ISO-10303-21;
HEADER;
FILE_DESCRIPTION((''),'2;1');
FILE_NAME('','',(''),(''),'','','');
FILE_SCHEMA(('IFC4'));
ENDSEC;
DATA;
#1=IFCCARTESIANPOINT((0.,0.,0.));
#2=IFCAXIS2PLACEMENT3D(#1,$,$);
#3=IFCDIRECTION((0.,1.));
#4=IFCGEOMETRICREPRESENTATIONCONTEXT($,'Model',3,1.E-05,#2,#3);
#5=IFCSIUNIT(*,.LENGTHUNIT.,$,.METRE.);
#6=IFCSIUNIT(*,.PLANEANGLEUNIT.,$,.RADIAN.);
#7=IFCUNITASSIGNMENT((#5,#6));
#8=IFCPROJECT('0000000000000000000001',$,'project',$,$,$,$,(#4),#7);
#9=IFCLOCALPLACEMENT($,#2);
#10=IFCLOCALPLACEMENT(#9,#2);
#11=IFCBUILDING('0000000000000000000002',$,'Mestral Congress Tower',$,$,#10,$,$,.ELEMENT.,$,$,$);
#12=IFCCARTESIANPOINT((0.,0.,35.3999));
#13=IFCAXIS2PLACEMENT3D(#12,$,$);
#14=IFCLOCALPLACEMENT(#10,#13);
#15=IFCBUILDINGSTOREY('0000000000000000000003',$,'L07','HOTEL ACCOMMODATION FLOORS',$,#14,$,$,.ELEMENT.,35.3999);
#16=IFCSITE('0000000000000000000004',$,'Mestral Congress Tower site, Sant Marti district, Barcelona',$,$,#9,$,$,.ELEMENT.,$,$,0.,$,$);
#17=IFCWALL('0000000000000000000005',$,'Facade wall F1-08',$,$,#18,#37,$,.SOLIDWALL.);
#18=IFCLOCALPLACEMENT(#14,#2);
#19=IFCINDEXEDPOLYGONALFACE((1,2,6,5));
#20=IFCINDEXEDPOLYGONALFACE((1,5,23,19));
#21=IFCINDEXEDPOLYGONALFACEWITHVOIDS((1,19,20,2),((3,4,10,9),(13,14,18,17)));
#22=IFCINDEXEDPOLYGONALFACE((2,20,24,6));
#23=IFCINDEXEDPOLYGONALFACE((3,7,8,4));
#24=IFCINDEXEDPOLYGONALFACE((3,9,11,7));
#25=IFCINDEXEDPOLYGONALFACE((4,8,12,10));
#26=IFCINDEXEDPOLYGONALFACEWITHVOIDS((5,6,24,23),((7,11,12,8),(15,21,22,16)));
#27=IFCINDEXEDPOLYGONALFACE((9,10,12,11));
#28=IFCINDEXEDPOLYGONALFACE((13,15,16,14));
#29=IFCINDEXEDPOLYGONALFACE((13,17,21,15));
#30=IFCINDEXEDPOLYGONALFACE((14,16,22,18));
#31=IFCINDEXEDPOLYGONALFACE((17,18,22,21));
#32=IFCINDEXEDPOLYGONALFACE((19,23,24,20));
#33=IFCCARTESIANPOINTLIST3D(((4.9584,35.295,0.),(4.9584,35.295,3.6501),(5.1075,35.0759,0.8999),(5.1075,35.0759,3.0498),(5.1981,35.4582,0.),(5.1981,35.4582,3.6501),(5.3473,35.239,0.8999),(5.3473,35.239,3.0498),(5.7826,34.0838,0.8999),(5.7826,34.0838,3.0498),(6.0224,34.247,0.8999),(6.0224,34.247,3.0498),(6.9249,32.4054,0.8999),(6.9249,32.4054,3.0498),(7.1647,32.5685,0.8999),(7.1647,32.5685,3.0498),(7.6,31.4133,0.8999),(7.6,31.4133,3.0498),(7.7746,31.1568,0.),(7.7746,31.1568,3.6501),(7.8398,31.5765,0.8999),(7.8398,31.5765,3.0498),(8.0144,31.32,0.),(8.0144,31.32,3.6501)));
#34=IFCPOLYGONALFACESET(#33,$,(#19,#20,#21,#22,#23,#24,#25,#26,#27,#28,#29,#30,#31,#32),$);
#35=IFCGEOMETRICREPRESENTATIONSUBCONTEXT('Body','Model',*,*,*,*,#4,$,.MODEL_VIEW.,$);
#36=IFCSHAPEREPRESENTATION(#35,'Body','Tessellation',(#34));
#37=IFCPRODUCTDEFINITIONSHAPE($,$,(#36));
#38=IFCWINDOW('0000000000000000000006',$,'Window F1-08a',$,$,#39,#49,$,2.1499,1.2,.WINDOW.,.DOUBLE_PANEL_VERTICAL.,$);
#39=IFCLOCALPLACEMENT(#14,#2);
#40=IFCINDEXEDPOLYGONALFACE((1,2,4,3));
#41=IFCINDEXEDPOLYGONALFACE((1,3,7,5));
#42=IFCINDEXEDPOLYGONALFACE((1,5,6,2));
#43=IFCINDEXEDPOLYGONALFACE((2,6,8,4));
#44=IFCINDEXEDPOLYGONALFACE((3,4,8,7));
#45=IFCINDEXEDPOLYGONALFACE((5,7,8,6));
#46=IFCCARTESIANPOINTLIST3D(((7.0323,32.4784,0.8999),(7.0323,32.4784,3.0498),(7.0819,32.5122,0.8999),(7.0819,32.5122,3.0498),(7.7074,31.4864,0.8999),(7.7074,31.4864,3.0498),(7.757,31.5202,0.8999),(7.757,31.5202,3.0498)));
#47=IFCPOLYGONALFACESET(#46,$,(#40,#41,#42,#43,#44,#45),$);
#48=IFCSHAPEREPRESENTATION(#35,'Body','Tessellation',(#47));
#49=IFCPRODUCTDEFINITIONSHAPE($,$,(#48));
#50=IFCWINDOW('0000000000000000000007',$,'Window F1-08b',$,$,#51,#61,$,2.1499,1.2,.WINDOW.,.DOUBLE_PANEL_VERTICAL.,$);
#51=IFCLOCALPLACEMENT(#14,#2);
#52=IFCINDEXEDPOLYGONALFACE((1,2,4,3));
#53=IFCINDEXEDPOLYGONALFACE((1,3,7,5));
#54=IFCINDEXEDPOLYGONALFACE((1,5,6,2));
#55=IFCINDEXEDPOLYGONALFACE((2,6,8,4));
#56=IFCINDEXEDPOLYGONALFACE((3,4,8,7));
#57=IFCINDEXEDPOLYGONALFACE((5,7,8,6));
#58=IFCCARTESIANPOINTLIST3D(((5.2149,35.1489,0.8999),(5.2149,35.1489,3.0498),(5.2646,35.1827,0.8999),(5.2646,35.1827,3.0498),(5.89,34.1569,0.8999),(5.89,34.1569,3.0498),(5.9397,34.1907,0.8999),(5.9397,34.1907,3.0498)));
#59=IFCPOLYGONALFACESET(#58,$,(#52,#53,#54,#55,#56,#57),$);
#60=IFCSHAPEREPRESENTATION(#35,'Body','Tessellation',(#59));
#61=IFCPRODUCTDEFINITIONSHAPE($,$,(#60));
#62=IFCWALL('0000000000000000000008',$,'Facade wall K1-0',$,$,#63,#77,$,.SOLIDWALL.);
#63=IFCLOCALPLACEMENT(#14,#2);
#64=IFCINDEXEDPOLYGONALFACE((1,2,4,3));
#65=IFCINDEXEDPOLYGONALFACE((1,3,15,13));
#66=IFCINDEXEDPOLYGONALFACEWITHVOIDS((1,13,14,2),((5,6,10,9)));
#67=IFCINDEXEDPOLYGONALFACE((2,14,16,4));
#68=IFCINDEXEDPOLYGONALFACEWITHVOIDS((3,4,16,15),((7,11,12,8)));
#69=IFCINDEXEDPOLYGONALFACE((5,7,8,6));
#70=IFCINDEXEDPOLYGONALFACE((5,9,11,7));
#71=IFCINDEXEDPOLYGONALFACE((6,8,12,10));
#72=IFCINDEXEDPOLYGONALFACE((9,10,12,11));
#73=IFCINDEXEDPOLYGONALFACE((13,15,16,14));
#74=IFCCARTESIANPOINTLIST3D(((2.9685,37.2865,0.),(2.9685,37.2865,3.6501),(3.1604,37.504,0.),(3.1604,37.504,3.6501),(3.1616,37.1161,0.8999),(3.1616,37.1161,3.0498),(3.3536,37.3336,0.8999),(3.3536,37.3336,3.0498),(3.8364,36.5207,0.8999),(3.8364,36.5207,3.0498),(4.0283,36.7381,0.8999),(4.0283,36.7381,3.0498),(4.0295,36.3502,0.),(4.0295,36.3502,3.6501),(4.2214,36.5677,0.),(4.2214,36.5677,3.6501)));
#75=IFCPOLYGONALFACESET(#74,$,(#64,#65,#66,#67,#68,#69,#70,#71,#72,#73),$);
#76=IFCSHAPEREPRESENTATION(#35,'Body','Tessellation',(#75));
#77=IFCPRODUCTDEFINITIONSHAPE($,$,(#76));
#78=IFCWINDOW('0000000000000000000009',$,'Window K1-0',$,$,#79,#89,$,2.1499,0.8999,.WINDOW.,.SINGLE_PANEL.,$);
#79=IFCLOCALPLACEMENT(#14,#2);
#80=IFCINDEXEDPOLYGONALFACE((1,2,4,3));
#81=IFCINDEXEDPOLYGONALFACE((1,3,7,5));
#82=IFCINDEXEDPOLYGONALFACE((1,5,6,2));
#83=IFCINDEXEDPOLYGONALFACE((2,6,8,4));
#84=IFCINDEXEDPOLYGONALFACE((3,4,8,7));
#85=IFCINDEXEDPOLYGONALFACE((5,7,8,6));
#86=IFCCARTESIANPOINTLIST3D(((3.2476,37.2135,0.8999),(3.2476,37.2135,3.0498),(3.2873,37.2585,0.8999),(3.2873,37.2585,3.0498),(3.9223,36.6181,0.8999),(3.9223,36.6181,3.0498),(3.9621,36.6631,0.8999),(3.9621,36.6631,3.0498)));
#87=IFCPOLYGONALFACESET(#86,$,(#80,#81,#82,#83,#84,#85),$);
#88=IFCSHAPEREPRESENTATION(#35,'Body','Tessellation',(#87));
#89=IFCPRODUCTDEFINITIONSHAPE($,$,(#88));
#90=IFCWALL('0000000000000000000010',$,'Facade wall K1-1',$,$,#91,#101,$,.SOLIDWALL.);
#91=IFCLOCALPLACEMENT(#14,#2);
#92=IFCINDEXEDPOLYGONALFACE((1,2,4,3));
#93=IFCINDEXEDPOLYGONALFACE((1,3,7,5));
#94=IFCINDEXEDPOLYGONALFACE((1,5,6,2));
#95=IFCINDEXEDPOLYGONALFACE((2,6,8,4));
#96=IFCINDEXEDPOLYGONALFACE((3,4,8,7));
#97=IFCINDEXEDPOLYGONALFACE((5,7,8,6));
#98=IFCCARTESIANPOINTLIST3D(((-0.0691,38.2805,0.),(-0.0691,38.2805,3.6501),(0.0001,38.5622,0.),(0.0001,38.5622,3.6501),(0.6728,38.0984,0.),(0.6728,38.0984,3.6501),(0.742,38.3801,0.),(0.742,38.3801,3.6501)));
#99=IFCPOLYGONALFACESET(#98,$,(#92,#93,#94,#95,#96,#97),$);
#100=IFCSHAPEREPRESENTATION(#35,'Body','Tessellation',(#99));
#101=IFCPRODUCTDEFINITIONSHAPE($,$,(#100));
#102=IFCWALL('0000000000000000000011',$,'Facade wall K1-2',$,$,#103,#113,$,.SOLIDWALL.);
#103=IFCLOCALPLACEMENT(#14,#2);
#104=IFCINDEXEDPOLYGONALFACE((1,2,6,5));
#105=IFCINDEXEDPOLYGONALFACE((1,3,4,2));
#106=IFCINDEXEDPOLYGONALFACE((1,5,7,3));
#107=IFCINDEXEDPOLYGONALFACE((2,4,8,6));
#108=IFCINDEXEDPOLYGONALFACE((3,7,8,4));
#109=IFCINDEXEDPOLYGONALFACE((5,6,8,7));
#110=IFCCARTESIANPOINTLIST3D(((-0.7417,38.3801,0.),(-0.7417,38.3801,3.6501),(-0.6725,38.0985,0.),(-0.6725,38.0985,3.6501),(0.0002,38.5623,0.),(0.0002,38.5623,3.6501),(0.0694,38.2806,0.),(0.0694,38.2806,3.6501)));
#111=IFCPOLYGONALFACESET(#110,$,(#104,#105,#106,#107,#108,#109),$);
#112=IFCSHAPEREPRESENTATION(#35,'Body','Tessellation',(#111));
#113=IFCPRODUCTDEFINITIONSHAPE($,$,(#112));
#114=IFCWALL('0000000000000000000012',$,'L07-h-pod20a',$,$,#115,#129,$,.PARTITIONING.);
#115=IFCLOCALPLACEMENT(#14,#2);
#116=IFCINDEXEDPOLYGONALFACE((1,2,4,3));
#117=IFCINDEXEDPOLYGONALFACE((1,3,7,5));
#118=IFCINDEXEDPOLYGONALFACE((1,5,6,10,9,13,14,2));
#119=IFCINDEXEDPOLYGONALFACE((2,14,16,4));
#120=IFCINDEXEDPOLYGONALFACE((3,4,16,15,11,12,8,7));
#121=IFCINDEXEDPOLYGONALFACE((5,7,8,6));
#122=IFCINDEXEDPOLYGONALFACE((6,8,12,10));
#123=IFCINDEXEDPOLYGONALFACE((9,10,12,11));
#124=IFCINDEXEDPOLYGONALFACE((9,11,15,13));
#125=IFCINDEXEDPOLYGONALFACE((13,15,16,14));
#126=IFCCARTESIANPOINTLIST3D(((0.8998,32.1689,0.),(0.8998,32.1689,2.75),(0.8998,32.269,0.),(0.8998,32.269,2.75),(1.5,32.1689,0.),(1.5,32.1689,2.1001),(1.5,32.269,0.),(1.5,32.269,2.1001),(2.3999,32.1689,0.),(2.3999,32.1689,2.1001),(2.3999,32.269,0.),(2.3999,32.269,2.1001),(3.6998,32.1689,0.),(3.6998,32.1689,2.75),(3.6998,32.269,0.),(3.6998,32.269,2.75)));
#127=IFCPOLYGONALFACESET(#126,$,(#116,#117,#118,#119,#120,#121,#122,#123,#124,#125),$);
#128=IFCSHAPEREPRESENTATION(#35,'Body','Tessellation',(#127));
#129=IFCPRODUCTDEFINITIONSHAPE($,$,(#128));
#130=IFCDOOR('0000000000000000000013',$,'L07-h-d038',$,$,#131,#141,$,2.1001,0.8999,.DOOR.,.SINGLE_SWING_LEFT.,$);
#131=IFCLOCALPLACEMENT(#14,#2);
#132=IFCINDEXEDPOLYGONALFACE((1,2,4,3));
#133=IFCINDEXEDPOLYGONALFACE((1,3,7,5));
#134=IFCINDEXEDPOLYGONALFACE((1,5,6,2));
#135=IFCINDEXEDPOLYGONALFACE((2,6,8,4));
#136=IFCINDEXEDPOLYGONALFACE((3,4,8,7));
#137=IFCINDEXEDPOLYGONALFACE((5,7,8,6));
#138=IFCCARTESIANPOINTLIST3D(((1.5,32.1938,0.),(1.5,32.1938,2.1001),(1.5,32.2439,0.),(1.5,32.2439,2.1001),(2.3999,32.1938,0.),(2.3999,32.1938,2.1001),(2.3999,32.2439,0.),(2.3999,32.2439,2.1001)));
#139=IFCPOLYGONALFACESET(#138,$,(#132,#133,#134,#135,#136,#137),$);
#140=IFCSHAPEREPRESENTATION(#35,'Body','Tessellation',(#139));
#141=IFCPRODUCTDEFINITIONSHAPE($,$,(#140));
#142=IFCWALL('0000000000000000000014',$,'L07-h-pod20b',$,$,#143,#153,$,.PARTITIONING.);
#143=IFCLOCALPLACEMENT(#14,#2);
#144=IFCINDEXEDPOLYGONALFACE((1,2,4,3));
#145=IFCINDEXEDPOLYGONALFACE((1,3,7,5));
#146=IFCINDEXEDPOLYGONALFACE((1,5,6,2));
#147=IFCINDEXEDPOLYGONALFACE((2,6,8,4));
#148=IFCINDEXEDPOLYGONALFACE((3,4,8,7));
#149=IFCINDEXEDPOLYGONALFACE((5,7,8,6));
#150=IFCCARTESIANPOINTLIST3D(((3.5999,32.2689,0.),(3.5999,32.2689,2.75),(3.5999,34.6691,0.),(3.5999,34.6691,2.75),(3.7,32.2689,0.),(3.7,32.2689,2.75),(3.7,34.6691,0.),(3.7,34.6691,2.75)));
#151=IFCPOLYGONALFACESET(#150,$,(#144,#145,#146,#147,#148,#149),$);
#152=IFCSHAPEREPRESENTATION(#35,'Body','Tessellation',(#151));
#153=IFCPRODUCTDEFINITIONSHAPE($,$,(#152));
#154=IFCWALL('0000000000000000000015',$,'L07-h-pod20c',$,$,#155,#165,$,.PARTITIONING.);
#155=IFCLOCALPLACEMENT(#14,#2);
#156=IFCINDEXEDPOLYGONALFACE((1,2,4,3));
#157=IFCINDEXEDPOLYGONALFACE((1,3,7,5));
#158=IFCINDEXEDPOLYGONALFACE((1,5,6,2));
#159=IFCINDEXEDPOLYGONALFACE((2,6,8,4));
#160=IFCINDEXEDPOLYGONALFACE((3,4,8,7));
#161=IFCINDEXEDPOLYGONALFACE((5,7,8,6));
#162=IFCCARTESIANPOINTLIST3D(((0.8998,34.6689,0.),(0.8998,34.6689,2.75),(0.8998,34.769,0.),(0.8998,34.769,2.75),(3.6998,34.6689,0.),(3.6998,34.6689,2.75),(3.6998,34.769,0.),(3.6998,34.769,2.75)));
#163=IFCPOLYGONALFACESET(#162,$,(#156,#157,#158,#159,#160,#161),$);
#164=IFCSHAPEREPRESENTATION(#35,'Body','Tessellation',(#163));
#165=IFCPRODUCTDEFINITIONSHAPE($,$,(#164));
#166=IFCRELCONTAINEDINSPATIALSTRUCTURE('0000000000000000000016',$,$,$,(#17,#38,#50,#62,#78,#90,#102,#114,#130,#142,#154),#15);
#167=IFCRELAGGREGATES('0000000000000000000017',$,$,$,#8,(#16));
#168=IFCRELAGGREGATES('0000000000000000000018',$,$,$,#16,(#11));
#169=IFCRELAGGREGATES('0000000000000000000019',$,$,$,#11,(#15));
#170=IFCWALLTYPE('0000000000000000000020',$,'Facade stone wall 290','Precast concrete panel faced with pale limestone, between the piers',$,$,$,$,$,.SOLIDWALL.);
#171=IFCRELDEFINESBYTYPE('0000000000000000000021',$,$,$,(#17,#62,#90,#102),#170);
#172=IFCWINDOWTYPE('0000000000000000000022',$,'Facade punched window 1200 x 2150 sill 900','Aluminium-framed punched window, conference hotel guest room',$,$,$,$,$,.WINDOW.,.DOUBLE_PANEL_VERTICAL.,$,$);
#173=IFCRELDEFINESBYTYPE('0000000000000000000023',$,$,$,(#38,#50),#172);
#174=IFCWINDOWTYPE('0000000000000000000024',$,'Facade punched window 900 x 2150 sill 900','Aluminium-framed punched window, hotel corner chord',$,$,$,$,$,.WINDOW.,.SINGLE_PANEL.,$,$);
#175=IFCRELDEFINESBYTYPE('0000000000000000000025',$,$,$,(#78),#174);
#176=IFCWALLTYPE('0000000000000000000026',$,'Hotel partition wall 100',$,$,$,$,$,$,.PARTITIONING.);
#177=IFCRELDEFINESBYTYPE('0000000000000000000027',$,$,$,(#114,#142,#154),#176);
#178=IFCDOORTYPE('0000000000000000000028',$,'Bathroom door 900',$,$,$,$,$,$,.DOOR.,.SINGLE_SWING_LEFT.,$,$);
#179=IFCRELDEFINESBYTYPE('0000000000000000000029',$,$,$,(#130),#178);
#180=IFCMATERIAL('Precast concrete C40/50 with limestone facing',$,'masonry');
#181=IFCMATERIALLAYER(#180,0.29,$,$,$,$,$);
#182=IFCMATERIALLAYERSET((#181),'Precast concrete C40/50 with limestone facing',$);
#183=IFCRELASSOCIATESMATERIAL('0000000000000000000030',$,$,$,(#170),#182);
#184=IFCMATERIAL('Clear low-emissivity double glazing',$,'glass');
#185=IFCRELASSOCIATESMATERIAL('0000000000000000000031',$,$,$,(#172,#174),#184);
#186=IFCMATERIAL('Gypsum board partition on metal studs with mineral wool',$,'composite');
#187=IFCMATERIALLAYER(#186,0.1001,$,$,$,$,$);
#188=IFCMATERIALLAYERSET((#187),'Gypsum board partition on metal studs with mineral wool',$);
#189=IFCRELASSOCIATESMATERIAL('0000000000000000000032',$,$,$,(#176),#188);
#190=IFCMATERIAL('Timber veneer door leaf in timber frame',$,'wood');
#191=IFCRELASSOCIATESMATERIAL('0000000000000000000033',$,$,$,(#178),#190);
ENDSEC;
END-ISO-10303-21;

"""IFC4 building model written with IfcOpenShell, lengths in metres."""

from ifc_helpers import new_model, si_unit, direction, frame, frame_2d, origin, place, context, subcontext, project, spatial, rectangle, extrude, material, layer, layer_set, type_object, element, fill, save


model = new_model("IFC4")

# Units and contexts
model_context = context("Model", 3, precision=1e-05, world=origin(), true_north=direction((0.0, 1.0)))
body_context = subcontext(model_context, "Body", "Model", "MODEL_VIEW")
ifc_project = project(units=[si_unit("LENGTHUNIT", "METRE"), si_unit("PLANEANGLEUNIT", "RADIAN")], contexts=[model_context])

# Site, building, storey
site_placement = place(None, origin())
site = spatial("IfcSite", under=ifc_project, at=site_placement, Name="Mestral Congress Tower site, Sant Marti district, Barcelona", CompositionType="ELEMENT", RefElevation=0.0)
building_placement = place(site_placement, origin())
building = spatial("IfcBuilding", under=site, at=building_placement, Name="Mestral Congress Tower", CompositionType="ELEMENT")
storey_placement = place(building_placement, frame((0.0, 0.0, 35.3999)))
storey = spatial("IfcBuildingStorey", under=building, at=storey_placement, Name="L07", Description="HOTEL ACCOMMODATION FLOORS", CompositionType="ELEMENT", Elevation=35.3999)

# Wall, openings, windows
ifc_material_1 = material(Name="Precast concrete C40/50 with limestone facing", Category="masonry")
ifc_layer_1 = layer(ifc_material_1, 0.29)
ifc_layer_set_1 = layer_set([ifc_layer_1], Name="Precast concrete C40/50 with limestone facing")
wall_type_1 = type_object("IfcWallType", Name="Facade stone wall 290", Description="Precast concrete panel faced with pale limestone, between the piers", PredefinedType="SOLIDWALL", material=ifc_layer_set_1)
wall_1_placement = place(storey_placement, frame((7.8945, 31.2383, 0.0), z_axis=(0.0, 0.0, 1.0), x_axis=(-0.56261, 0.826722, 0.0)))
wall_1 = element("IfcWall", 1, at=wall_1_placement, inside=storey, type_object=wall_type_1, Name="Facade wall F1-08", PredefinedType="SOLIDWALL", context=body_context, shape_type="SweptSolid", body=[
    extrude(rectangle(XDim=5.0056, YDim=0.29, at=frame_2d((2.5029, 0.0))), origin(), (0.0, 0.0, 1.0), 3.6501),
])
opening_1_placement = place(wall_1_placement, frame((0.3103, 0.0, 0.8999)))
opening_1 = element("IfcOpeningElement", 2, at=opening_1_placement, cuts=wall_1, PredefinedType="OPENING", context=body_context, shape_type="SweptSolid", body=[
    extrude(rectangle(XDim=1.2, YDim=2.1499, at=frame_2d((0.6001, 1.075))), frame((0.0, 0.155, 0.0), z_axis=(0.0, -1.0, 0.0), x_axis=(1.0, 0.0, 0.0)), (0.0, 0.0, 1.0), 0.3101),
])
opening_2_placement = place(wall_1_placement, frame((3.5405, 0.0, 0.8999)))
opening_2 = element("IfcOpeningElement", 3, at=opening_2_placement, cuts=wall_1, PredefinedType="OPENING", context=body_context, shape_type="SweptSolid", body=[
    extrude(rectangle(XDim=1.2, YDim=2.1499, at=frame_2d((0.6001, 1.075))), frame((0.0, 0.155, 0.0), z_axis=(0.0, -1.0, 0.0), x_axis=(1.0, 0.0, 0.0)), (0.0, 0.0, 1.0), 0.3101),
])
ifc_material_2 = material(Name="Clear low-emissivity double glazing", Category="glass")
window_type_1 = type_object("IfcWindowType", Name="Facade punched window 1200 x 2150 sill 900", Description="Aluminium-framed punched window, conference hotel guest room", PartitioningType="DOUBLE_PANEL_VERTICAL", PredefinedType="WINDOW", material=ifc_material_2)
window_1_placement = place(opening_1_placement, origin())
window_1 = element("IfcWindow", 4, at=window_1_placement, inside=storey, type_object=window_type_1, Name="Window F1-08a", OverallHeight=2.1499, OverallWidth=1.2, PartitioningType="DOUBLE_PANEL_VERTICAL", PredefinedType="WINDOW", context=body_context, shape_type="SweptSolid", body=[
    extrude(rectangle(XDim=1.2, YDim=2.1499, at=frame_2d((0.6001, 1.075))), frame((0.0, 0.0151, 0.0), z_axis=(0.0, -1.0, 0.0), x_axis=(1.0, 0.0, 0.0)), (0.0, 0.0, 1.0), 0.0601),
])
fill(opening_1, window_1)
window_2_placement = place(opening_2_placement, origin())
window_2 = element("IfcWindow", 5, at=window_2_placement, inside=storey, type_object=window_type_1, Name="Window F1-08b", OverallHeight=2.1499, OverallWidth=1.2, PartitioningType="DOUBLE_PANEL_VERTICAL", PredefinedType="WINDOW", context=body_context, shape_type="SweptSolid", body=[
    extrude(rectangle(XDim=1.2, YDim=2.1499, at=frame_2d((0.6001, 1.075))), frame((0.0, 0.0151, 0.0), z_axis=(0.0, -1.0, 0.0), x_axis=(1.0, 0.0, 0.0)), (0.0, 0.0, 1.0), 0.0601),
])
fill(opening_2, window_2)

# Wall, opening, window
wall_2_placement = place(storey_placement, frame((4.1255, 36.459, 0.0), z_axis=(0.0, 0.0, 1.0), x_axis=(-0.749813, 0.66165, 0.0)))
wall_2 = element("IfcWall", 6, at=wall_2_placement, inside=storey, type_object=wall_type_1, Name="Facade wall K1-0", PredefinedType="SOLIDWALL", context=body_context, shape_type="SweptSolid", body=[
    extrude(rectangle(XDim=1.415, YDim=0.29, at=frame_2d((0.7075, 0.0))), origin(), (0.0, 0.0, 1.0), 3.6501),
])
opening_3_placement = place(wall_2_placement, frame((0.2576, 0.0, 0.8999)))
opening_3 = element("IfcOpeningElement", 7, at=opening_3_placement, cuts=wall_2, PredefinedType="OPENING", context=body_context, shape_type="SweptSolid", body=[
    extrude(rectangle(XDim=0.8999, YDim=2.1499, at=frame_2d((0.45, 1.075))), frame((0.0, 0.155, 0.0), z_axis=(0.0, -1.0, 0.0), x_axis=(1.0, 0.0, 0.0)), (0.0, 0.0, 1.0), 0.3101),
])
window_type_2 = type_object("IfcWindowType", Name="Facade punched window 900 x 2150 sill 900", Description="Aluminium-framed punched window, hotel corner chord", PartitioningType="SINGLE_PANEL", PredefinedType="WINDOW", material=ifc_material_2)
window_3_placement = place(opening_3_placement, origin())
window_3 = element("IfcWindow", 8, at=window_3_placement, inside=storey, type_object=window_type_2, Name="Window K1-0", OverallHeight=2.1499, OverallWidth=0.8999, PartitioningType="SINGLE_PANEL", PredefinedType="WINDOW", context=body_context, shape_type="SweptSolid", body=[
    extrude(rectangle(XDim=0.8999, YDim=2.1499, at=frame_2d((0.45, 1.075))), frame((0.0, 0.0151, 0.0), z_axis=(0.0, -1.0, 0.0), x_axis=(1.0, 0.0, 0.0)), (0.0, 0.0, 1.0), 0.0601),
])
fill(opening_3, window_3)

# Walls
for number, where, z_axis, x_axis, name in (
    (9, (0.7073, 38.2393, 0.0), (0.0, 0.0, 1.0), (-0.971168, 0.238398, 0.0), "Facade wall K1-1"),
    (10, (0.0347, 38.4214, 0.0), (0.0, 0.0, 1.0), (-0.971168, -0.238398, 0.0), "Facade wall K1-2"),
):
    element("IfcWall", number, at=place(storey_placement, frame(where, z_axis=z_axis, x_axis=x_axis)), inside=storey, type_object=wall_type_1, Name=name, PredefinedType="SOLIDWALL", context=body_context, shape_type="SweptSolid", body=[
        extrude(rectangle(XDim=0.7639, YDim=0.29, at=frame_2d((0.3818, 0.0))), origin(), (0.0, 0.0, 1.0), 3.6501),
    ])

# Wall, opening, door
ifc_material_3 = material(Name="Gypsum board partition on metal studs with mineral wool", Category="composite")
ifc_layer_2 = layer(ifc_material_3, 0.1001)
ifc_layer_set_2 = layer_set([ifc_layer_2], Name="Gypsum board partition on metal studs with mineral wool")
wall_type_2 = type_object("IfcWallType", Name="Hotel partition wall 100", PredefinedType="PARTITIONING", material=ifc_layer_set_2)
wall_3_placement = place(storey_placement, frame((0.8999, 32.219, 0.0), z_axis=(0.0, 0.0, 1.0), x_axis=(1.0, 0.0, 0.0)))
wall_3 = element("IfcWall", 11, at=wall_3_placement, inside=storey, type_object=wall_type_2, Name="L07-h-pod20a", PredefinedType="PARTITIONING", context=body_context, shape_type="SweptSolid", body=[
    extrude(rectangle(XDim=2.8, YDim=0.1001, at=frame_2d((1.3999, 0.0))), origin(), (0.0, 0.0, 1.0), 2.75),
])
opening_4_placement = place(wall_3_placement, frame((0.6001, 0.0, 0.0)))
opening_4 = element("IfcOpeningElement", 12, at=opening_4_placement, cuts=wall_3, PredefinedType="OPENING", context=body_context, shape_type="SweptSolid", body=[
    extrude(rectangle(XDim=0.8999, YDim=2.1001, at=frame_2d((0.45, 1.05))), frame((0.0, 0.0601, 0.0), z_axis=(0.0, -1.0, 0.0), x_axis=(1.0, 0.0, 0.0)), (0.0, 0.0, 1.0), 0.1201),
])
ifc_material_4 = material(Name="Timber veneer door leaf in timber frame", Category="wood")
door_type_1 = type_object("IfcDoorType", Name="Bathroom door 900", OperationType="SINGLE_SWING_LEFT", PredefinedType="DOOR", material=ifc_material_4)
door_1_placement = place(opening_4_placement, origin())
door_1 = element("IfcDoor", 13, at=door_1_placement, inside=storey, type_object=door_type_1, Name="L07-h-d038", OperationType="SINGLE_SWING_LEFT", OverallHeight=2.1001, OverallWidth=0.8999, PredefinedType="DOOR", context=body_context, shape_type="SweptSolid", body=[
    extrude(rectangle(XDim=0.8999, YDim=2.1001, at=frame_2d((0.45, 1.05))), frame((0.0, 0.0249, 0.0), z_axis=(0.0, -1.0, 0.0), x_axis=(1.0, 0.0, 0.0)), (0.0, 0.0, 1.0), 0.05),
])
fill(opening_4, door_1)

# Walls
wall_4_placement = place(storey_placement, frame((3.6499, 32.2688, 0.0), z_axis=(0.0, 0.0, 1.0), x_axis=(0.0, 1.0, 0.0)))
element("IfcWall", 14, at=wall_4_placement, inside=storey, type_object=wall_type_2, Name="L07-h-pod20b", PredefinedType="PARTITIONING", context=body_context, shape_type="SweptSolid", body=[
    extrude(rectangle(XDim=2.4001, YDim=0.1001, at=frame_2d((1.2002, 0.0))), origin(), (0.0, 0.0, 1.0), 2.75),
])
wall_5_placement = place(storey_placement, frame((0.8999, 34.719, 0.0), z_axis=(0.0, 0.0, 1.0), x_axis=(1.0, 0.0, 0.0)))
element("IfcWall", 15, at=wall_5_placement, inside=storey, type_object=wall_type_2, Name="L07-h-pod20c", PredefinedType="PARTITIONING", context=body_context, shape_type="SweptSolid", body=[
    extrude(rectangle(XDim=2.8, YDim=0.1001, at=frame_2d((1.3999, 0.0))), origin(), (0.0, 0.0, 1.0), 2.75),
])

save(model, "model.ifc")
